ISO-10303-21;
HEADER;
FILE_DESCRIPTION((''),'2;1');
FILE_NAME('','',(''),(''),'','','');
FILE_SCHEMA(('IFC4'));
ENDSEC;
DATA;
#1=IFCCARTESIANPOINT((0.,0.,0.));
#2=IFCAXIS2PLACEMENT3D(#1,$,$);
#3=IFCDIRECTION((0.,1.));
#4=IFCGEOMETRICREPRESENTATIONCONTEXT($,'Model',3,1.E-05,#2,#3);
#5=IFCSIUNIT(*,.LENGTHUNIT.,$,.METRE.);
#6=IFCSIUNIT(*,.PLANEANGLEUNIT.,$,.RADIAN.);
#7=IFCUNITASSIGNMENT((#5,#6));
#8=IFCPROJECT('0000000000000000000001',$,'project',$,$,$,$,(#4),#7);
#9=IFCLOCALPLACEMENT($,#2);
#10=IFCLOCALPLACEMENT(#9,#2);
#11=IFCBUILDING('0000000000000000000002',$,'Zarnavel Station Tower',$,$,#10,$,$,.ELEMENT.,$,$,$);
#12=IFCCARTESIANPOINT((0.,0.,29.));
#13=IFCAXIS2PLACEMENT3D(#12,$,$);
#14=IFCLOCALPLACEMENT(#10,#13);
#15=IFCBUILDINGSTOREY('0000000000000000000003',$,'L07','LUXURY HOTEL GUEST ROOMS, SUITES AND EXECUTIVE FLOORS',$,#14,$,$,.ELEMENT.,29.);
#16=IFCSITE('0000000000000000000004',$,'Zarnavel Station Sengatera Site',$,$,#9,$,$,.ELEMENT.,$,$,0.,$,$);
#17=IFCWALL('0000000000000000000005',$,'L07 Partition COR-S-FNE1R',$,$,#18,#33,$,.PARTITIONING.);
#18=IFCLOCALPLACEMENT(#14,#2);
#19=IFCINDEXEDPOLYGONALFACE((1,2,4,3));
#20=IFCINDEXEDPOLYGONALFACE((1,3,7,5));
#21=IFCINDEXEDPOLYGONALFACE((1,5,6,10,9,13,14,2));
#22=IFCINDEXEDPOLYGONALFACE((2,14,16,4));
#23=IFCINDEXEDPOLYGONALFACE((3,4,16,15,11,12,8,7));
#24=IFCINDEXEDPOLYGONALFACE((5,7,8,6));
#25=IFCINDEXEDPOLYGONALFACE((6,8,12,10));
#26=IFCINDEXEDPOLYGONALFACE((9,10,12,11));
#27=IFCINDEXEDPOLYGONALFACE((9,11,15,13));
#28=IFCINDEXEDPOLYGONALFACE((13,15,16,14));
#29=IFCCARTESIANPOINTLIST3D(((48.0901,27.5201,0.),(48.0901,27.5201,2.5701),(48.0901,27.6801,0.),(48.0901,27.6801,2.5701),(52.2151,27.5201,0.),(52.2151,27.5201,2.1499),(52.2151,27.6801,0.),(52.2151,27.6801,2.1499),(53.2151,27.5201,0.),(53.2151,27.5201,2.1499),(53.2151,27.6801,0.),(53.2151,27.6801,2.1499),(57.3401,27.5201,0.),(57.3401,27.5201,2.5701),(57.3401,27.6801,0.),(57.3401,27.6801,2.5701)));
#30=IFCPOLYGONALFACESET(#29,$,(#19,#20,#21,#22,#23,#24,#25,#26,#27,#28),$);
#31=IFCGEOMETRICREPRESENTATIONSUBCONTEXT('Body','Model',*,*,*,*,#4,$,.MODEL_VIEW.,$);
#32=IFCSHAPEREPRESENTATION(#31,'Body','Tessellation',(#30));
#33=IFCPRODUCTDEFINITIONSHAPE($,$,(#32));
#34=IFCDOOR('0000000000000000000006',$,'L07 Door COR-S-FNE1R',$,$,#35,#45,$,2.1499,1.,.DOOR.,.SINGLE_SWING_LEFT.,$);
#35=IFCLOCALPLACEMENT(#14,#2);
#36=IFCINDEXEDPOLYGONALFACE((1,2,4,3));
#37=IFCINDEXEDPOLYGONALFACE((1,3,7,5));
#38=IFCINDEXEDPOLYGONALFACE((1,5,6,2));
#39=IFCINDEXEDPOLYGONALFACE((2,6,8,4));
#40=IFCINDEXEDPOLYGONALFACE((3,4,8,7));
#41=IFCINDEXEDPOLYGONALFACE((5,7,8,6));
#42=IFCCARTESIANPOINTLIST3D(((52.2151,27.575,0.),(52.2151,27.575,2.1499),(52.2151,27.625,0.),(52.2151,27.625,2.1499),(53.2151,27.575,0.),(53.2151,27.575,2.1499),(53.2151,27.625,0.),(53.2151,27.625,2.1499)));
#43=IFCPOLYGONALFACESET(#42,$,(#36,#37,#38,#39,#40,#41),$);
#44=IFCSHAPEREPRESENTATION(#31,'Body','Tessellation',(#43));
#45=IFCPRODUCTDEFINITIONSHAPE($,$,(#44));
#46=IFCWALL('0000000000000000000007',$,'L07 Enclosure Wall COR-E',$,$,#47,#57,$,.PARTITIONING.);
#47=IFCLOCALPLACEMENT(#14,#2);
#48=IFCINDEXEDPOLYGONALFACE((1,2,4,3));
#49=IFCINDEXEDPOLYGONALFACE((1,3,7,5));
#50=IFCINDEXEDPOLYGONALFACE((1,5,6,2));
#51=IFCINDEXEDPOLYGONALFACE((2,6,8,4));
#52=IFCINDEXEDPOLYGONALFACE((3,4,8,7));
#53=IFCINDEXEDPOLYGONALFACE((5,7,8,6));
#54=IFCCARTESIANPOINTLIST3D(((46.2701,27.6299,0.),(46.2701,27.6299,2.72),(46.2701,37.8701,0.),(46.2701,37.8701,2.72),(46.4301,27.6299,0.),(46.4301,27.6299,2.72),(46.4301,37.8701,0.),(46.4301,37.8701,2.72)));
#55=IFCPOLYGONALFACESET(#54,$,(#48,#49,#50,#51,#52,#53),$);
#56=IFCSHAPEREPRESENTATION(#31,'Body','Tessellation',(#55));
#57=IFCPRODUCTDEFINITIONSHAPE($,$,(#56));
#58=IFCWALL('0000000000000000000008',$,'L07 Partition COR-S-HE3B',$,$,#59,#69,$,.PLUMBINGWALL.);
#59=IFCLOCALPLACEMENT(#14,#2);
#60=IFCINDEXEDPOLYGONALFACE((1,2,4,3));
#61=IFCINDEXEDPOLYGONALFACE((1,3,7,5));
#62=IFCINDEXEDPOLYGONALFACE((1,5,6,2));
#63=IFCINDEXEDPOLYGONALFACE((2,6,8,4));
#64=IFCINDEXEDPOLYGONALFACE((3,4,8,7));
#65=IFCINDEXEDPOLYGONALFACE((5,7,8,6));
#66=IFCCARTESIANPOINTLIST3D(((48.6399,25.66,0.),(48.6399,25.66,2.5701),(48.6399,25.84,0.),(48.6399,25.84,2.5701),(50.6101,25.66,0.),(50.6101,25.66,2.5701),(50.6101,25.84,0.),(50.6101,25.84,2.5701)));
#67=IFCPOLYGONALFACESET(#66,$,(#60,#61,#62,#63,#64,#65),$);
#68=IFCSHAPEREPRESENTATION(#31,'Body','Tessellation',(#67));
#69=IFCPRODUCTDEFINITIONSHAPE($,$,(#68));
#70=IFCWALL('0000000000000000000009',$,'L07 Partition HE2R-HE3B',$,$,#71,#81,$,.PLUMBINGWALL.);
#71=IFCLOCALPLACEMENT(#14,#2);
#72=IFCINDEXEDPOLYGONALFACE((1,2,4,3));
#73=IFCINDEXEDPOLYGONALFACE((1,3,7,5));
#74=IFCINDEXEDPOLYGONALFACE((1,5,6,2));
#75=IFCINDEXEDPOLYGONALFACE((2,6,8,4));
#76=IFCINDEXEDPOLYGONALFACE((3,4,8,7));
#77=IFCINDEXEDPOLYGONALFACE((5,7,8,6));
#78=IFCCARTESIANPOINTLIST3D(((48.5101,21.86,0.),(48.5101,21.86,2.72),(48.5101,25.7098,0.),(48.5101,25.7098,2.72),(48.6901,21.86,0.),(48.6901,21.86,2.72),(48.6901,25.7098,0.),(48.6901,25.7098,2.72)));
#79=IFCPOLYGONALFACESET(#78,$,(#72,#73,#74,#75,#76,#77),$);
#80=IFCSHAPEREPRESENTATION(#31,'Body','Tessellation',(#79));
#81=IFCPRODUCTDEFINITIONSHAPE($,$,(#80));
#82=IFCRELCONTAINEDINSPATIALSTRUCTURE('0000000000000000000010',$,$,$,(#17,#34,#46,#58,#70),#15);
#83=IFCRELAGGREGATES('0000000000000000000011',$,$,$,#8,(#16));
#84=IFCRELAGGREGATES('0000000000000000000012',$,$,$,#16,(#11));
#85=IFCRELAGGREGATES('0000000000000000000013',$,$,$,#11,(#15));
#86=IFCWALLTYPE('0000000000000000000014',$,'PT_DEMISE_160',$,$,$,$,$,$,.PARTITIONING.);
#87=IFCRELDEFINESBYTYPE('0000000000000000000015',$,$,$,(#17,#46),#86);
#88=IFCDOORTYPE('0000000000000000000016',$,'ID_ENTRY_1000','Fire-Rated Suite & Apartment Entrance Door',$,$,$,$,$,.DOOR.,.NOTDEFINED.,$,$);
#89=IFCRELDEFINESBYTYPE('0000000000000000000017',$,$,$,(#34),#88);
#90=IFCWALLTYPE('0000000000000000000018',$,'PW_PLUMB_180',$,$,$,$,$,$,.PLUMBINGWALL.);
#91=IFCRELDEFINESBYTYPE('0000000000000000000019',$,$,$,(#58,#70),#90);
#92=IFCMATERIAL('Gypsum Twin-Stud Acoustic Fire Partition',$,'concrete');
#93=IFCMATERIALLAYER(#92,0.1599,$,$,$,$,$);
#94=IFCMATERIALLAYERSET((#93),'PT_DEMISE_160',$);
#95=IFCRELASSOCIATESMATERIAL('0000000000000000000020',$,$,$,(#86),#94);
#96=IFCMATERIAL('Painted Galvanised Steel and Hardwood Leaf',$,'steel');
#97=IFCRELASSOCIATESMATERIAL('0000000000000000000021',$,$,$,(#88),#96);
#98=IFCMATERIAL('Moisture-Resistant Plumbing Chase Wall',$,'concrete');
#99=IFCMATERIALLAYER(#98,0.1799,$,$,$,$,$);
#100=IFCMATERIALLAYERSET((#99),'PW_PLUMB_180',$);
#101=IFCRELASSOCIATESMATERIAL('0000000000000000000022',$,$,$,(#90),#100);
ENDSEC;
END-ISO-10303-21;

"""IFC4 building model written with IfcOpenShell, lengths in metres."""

from ifc_helpers import new_model, si_unit, direction, frame, frame_2d, origin, place, context, subcontext, project, spatial, rectangle, extrude, material, layer, layer_set, type_object, element, fill, save


model = new_model("IFC4")

# Units and contexts
model_context = context("Model", 3, precision=1e-05, world=origin(), true_north=direction((0.0, 1.0)))
body_context = subcontext(model_context, "Body", "Model", "MODEL_VIEW")
ifc_project = project(units=[si_unit("LENGTHUNIT", "METRE"), si_unit("PLANEANGLEUNIT", "RADIAN")], contexts=[model_context])

# Site, building, storey
site_placement = place(None, origin())
site = spatial("IfcSite", under=ifc_project, at=site_placement, Name="Zarnavel Station Sengatera Site", CompositionType="ELEMENT", RefElevation=0.0)
building_placement = place(site_placement, origin())
building = spatial("IfcBuilding", under=site, at=building_placement, Name="Zarnavel Station Tower", CompositionType="ELEMENT")
storey_placement = place(building_placement, frame((0.0, 0.0, 29.0)))
storey = spatial("IfcBuildingStorey", under=building, at=storey_placement, Name="L07", Description="LUXURY HOTEL GUEST ROOMS, SUITES AND EXECUTIVE FLOORS", CompositionType="ELEMENT", Elevation=29.0)

# Wall, opening, door
ifc_material_1 = material(Name="Gypsum Twin-Stud Acoustic Fire Partition", Category="concrete")
ifc_layer_1 = layer(ifc_material_1, 0.1599)
ifc_layer_set_1 = layer_set([ifc_layer_1], Name="PT_DEMISE_160")
wall_type_1 = type_object("IfcWallType", Name="PT_DEMISE_160", PredefinedType="PARTITIONING", material=ifc_layer_set_1)
wall_1_placement = place(storey_placement, frame((48.0901, 27.6001, 0.0), z_axis=(0.0, 0.0, 1.0), x_axis=(1.0, 0.0, 0.0)))
wall_1 = element("IfcWall", 1, at=wall_1_placement, inside=storey, type_object=wall_type_1, Name="L07 Partition COR-S-FNE1R", PredefinedType="PARTITIONING", context=body_context, shape_type="SweptSolid", body=[
    extrude(rectangle(XDim=9.25, YDim=0.1599, at=frame_2d((4.625, 0.0))), origin(), (0.0, 0.0, 1.0), 2.5701),
])
opening_1_placement = place(wall_1_placement, frame((4.125, 0.0, 0.0)))
opening_1 = element("IfcOpeningElement", 2, at=opening_1_placement, cuts=wall_1, PredefinedType="OPENING", context=body_context, shape_type="SweptSolid", body=[
    extrude(rectangle(XDim=1.0, YDim=2.1499, at=frame_2d((0.5, 1.075))), frame((0.0, 0.0898, 0.0), z_axis=(0.0, -1.0, 0.0), x_axis=(1.0, 0.0, 0.0)), (0.0, 0.0, 1.0), 0.1799),
])
ifc_material_2 = material(Name="Painted Galvanised Steel and Hardwood Leaf", Category="steel")
door_type = type_object("IfcDoorType", Name="ID_ENTRY_1000", Description="Fire-Rated Suite & Apartment Entrance Door", OperationType="NOTDEFINED", PredefinedType="DOOR", material=ifc_material_2)
door_1_placement = place(opening_1_placement, origin())
door_1 = element("IfcDoor", 3, at=door_1_placement, inside=storey, type_object=door_type, Name="L07 Door COR-S-FNE1R", OperationType="SINGLE_SWING_LEFT", OverallHeight=2.1499, OverallWidth=1.0, PredefinedType="DOOR", context=body_context, shape_type="SweptSolid", body=[
    extrude(rectangle(XDim=1.0, YDim=2.1499, at=frame_2d((0.5, 1.075))), frame((0.0, 0.0249, 0.0), z_axis=(0.0, -1.0, 0.0), x_axis=(1.0, 0.0, 0.0)), (0.0, 0.0, 1.0), 0.05),
])
fill(opening_1, door_1)

# Walls
wall_2_placement = place(storey_placement, frame((46.3501, 27.6299, 0.0), z_axis=(0.0, 0.0, 1.0), x_axis=(0.0, 1.0, 0.0)))
element("IfcWall", 4, at=wall_2_placement, inside=storey, type_object=wall_type_1, Name="L07 Enclosure Wall COR-E", PredefinedType="PARTITIONING", context=body_context, shape_type="SweptSolid", body=[
    extrude(rectangle(XDim=10.2402, YDim=0.1599, at=frame_2d((5.1201, 0.0))), origin(), (0.0, 0.0, 1.0), 2.72),
])
ifc_material_3 = material(Name="Moisture-Resistant Plumbing Chase Wall", Category="concrete")
ifc_layer_2 = layer(ifc_material_3, 0.1799)
ifc_layer_set_2 = layer_set([ifc_layer_2], Name="PW_PLUMB_180")
wall_type_2 = type_object("IfcWallType", Name="PW_PLUMB_180", PredefinedType="PLUMBINGWALL", material=ifc_layer_set_2)
wall_3_placement = place(storey_placement, frame((48.6399, 25.75, 0.0), z_axis=(0.0, 0.0, 1.0), x_axis=(1.0, 0.0, 0.0)))
element("IfcWall", 5, at=wall_3_placement, inside=storey, type_object=wall_type_2, Name="L07 Partition COR-S-HE3B", PredefinedType="PLUMBINGWALL", context=body_context, shape_type="SweptSolid", body=[
    extrude(rectangle(XDim=1.9702, YDim=0.1799, at=frame_2d((0.9851, 0.0))), origin(), (0.0, 0.0, 1.0), 2.5701),
])
wall_4_placement = place(storey_placement, frame((48.6001, 21.8601, 0.0), z_axis=(0.0, 0.0, 1.0), x_axis=(0.0, 1.0, 0.0)))
element("IfcWall", 6, at=wall_4_placement, inside=storey, type_object=wall_type_2, Name="L07 Partition HE2R-HE3B", PredefinedType="PLUMBINGWALL", context=body_context, shape_type="SweptSolid", body=[
    extrude(rectangle(XDim=3.8499, YDim=0.1799, at=frame_2d((1.9248, 0.0))), origin(), (0.0, 0.0, 1.0), 2.72),
])

save(model, "model.ifc")
